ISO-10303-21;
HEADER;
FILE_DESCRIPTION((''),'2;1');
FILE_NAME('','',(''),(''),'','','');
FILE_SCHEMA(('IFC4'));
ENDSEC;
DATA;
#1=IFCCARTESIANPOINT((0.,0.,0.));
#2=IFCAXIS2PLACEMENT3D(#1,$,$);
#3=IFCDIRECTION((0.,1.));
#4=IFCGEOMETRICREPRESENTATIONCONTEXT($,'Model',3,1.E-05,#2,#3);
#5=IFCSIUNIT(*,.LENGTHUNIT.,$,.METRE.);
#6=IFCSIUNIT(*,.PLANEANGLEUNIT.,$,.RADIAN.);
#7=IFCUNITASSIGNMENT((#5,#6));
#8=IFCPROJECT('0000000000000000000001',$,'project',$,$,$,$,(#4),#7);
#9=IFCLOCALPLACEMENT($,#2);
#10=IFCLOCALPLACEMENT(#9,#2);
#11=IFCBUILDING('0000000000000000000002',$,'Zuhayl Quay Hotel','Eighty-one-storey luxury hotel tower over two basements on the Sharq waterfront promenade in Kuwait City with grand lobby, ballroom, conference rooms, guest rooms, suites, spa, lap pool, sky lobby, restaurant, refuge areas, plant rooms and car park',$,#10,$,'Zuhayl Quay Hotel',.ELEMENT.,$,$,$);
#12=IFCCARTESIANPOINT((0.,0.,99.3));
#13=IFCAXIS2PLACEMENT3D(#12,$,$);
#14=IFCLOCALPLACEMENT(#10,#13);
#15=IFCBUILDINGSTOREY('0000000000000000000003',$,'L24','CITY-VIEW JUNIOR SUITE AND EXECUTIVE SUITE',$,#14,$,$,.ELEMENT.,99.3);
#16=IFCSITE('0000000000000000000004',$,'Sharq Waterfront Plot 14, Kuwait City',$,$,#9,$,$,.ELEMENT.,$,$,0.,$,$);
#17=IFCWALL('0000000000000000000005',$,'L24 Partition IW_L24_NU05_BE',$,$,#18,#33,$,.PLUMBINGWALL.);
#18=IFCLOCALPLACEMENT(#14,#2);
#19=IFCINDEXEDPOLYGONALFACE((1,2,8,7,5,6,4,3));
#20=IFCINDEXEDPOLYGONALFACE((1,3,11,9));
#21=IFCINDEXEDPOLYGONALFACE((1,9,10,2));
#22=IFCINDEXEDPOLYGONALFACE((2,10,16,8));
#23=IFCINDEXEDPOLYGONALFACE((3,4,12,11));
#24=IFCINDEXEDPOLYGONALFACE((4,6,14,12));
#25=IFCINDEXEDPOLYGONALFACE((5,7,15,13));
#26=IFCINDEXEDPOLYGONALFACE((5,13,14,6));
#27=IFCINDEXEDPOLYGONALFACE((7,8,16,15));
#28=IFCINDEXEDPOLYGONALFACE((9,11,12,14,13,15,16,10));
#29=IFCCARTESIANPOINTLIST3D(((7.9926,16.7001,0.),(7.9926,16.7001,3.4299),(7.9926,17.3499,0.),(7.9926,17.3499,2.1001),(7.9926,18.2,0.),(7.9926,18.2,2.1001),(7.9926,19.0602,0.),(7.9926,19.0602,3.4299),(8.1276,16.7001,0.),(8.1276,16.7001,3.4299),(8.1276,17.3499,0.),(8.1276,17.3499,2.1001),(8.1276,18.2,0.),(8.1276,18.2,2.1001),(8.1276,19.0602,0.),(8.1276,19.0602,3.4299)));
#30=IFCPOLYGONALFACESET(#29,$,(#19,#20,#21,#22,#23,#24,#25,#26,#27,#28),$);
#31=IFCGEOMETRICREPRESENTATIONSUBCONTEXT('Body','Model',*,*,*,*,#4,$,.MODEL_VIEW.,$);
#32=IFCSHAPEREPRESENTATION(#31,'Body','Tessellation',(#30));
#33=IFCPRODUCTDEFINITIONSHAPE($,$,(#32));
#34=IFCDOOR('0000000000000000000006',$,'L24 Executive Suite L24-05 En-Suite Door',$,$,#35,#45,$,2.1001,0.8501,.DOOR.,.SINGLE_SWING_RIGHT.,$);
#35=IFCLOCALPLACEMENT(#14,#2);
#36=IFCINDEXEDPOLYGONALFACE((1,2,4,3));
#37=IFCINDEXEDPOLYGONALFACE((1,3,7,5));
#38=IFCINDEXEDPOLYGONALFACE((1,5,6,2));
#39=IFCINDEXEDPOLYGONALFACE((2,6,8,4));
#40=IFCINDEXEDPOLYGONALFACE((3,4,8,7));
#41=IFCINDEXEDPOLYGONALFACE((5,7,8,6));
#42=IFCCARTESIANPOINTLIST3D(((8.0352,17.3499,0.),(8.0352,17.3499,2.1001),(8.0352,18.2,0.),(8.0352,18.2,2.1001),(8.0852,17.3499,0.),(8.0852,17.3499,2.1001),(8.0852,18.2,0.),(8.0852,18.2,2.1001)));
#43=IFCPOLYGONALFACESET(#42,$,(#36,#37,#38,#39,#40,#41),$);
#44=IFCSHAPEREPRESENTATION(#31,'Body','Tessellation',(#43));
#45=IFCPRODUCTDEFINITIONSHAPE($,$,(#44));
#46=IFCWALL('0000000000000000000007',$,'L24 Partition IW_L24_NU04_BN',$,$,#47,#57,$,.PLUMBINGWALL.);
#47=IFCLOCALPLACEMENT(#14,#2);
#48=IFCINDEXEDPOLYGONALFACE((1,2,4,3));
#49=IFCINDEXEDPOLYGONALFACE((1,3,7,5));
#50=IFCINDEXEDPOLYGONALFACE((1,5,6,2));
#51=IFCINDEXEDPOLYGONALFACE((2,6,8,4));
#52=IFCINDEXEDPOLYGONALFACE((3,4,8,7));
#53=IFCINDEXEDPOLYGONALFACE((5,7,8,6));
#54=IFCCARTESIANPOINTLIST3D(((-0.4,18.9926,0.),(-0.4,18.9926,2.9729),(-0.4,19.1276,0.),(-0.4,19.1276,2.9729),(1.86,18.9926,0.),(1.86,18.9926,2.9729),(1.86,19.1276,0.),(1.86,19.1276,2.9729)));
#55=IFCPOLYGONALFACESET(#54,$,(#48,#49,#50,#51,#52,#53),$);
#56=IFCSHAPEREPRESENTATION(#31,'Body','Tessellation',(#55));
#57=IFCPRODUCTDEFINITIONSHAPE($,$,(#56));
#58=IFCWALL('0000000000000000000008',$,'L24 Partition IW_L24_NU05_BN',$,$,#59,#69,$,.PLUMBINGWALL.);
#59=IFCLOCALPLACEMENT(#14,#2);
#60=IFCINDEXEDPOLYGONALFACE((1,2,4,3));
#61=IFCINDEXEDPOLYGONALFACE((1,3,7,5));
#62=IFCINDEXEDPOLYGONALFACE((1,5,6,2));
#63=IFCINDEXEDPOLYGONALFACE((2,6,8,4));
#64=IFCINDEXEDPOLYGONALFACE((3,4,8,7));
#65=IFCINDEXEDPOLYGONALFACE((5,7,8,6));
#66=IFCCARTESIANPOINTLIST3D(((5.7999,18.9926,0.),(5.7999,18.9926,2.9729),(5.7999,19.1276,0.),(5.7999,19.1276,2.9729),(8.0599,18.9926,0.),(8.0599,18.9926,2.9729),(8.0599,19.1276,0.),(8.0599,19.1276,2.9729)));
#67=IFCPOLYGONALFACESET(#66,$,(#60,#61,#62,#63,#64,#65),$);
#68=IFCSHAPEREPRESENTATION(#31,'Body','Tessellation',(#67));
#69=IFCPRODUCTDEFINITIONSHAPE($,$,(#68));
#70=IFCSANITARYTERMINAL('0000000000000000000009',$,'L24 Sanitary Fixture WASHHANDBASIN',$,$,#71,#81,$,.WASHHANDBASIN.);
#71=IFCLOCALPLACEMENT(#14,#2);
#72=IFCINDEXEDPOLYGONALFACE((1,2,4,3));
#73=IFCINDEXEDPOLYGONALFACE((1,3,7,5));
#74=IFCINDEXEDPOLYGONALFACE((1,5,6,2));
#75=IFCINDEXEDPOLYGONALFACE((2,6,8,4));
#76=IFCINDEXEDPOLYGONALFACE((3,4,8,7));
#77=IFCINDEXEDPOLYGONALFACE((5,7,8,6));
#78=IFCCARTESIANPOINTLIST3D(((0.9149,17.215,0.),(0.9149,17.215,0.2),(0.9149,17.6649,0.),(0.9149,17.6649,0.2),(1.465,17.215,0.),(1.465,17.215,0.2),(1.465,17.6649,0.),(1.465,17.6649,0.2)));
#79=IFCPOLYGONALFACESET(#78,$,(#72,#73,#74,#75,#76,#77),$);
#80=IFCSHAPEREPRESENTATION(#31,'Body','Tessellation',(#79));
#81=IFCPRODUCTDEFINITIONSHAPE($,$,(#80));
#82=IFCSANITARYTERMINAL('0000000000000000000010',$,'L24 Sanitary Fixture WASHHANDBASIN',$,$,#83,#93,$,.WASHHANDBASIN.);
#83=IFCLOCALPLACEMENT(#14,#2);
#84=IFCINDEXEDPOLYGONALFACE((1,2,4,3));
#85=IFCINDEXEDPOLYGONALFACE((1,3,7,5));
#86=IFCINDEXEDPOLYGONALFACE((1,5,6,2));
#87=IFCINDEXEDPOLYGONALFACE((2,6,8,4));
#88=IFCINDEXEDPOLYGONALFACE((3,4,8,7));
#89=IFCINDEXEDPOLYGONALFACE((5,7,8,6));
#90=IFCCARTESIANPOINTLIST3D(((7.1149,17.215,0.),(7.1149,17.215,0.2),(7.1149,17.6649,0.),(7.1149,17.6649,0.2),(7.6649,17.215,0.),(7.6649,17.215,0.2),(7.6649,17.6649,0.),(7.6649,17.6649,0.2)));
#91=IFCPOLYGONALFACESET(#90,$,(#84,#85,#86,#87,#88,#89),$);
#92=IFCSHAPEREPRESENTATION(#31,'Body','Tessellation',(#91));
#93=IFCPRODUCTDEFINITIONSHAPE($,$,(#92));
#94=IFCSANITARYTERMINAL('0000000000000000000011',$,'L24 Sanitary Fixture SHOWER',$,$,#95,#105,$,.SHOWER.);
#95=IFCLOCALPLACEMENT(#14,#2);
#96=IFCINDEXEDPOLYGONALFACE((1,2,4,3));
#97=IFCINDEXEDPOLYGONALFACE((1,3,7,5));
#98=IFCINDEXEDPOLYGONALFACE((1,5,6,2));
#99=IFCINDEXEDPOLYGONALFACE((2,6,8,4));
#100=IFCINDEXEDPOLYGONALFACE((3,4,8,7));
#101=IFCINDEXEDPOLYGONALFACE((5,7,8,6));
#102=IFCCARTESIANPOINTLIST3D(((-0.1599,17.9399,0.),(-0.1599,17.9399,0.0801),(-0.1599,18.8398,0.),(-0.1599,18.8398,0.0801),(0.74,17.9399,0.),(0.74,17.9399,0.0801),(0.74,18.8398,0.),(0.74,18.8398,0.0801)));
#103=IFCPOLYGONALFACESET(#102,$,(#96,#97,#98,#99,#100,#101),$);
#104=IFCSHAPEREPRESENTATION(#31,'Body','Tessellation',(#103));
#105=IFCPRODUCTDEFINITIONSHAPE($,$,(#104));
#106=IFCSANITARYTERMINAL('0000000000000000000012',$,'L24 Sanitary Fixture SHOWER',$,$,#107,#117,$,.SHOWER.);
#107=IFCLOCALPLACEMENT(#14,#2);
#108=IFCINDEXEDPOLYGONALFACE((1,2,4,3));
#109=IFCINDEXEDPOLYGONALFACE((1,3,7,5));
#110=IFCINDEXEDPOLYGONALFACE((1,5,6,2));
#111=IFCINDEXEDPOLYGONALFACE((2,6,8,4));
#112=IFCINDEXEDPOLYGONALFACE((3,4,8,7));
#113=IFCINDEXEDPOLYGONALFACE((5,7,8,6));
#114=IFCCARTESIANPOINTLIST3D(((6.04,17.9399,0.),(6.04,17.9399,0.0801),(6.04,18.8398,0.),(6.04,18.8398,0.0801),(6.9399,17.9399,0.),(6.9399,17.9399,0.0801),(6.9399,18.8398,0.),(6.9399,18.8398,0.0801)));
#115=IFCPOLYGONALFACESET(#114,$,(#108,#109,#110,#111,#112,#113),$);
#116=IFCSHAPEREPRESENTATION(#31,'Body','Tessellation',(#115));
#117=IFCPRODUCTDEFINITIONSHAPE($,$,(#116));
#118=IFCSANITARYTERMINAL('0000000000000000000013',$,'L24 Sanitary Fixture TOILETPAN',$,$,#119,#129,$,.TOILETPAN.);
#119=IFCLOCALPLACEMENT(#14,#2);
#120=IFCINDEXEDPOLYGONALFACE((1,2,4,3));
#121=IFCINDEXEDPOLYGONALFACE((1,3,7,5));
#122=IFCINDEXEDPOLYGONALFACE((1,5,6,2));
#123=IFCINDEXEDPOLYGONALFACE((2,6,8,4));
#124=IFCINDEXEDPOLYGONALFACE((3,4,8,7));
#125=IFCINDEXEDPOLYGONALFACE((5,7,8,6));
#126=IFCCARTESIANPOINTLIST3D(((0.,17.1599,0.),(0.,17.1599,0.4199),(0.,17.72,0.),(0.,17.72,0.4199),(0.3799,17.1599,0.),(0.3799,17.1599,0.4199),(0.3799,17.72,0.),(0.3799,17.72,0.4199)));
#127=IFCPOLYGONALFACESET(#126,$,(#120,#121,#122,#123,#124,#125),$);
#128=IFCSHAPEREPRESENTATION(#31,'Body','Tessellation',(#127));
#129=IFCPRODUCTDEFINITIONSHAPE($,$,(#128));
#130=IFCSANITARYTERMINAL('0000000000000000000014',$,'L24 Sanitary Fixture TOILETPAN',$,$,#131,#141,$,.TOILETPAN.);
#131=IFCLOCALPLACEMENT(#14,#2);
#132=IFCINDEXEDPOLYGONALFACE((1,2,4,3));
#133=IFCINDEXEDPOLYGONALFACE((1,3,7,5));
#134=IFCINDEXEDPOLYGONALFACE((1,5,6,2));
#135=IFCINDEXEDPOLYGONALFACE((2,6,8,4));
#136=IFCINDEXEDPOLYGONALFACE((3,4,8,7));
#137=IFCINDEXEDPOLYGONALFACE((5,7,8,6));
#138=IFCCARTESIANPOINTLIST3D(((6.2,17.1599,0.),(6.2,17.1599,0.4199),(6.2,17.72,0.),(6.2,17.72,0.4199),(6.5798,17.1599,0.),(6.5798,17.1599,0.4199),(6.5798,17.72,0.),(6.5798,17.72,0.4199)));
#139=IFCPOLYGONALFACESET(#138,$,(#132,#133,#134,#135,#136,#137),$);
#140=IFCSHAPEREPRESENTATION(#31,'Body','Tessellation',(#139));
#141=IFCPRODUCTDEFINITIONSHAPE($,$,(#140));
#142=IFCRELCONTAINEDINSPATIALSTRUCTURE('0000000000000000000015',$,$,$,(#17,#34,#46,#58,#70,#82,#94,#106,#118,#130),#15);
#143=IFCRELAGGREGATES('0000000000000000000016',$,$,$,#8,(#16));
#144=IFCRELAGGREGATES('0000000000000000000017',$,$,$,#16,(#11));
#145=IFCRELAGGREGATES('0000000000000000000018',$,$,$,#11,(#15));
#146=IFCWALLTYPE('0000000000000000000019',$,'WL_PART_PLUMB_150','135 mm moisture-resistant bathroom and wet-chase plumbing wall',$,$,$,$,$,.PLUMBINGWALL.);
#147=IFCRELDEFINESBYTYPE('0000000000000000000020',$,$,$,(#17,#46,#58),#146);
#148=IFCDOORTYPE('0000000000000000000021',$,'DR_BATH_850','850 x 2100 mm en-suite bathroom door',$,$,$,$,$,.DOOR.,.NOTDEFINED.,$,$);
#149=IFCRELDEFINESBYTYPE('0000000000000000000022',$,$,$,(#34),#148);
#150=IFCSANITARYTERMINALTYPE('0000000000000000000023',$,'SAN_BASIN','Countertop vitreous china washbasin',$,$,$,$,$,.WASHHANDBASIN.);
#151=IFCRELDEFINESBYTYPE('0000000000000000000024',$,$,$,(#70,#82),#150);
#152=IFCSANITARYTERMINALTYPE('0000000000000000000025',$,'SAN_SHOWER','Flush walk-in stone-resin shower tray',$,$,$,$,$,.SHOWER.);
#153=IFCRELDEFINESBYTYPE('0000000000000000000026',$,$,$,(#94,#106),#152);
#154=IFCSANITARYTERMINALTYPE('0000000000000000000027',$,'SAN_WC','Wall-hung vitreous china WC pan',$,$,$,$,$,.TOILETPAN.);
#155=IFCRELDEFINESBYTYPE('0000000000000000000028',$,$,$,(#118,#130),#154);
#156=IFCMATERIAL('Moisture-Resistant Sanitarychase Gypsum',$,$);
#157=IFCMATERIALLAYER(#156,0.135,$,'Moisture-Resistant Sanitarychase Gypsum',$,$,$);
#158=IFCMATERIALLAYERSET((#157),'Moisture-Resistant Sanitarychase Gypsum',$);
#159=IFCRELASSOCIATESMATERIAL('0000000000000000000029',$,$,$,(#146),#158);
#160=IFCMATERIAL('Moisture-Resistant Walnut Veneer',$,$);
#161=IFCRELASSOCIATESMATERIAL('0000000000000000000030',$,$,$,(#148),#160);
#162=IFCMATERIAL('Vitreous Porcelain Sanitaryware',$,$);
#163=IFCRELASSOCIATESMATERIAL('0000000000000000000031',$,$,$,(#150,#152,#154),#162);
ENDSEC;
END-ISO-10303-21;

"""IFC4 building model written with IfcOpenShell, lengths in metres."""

from ifc_helpers import new_model, si_unit, direction, frame, frame_2d, origin, origin_2d, place, context, subcontext, project, spatial, rectangle, extrude, material, layer, layer_set, type_object, element, fill, save


model = new_model("IFC4")

# Units and contexts
model_context = context("Model", 3, precision=1e-05, world=origin(), true_north=direction((0.0, 1.0)))
body_context = subcontext(model_context, "Body", "Model", "MODEL_VIEW")
ifc_project = project(units=[si_unit("LENGTHUNIT", "METRE"), si_unit("PLANEANGLEUNIT", "RADIAN")], contexts=[model_context])

# Site, building, storey
site_placement = place(None, origin())
site = spatial("IfcSite", under=ifc_project, at=site_placement, Name="Sharq Waterfront Plot 14, Kuwait City", CompositionType="ELEMENT", RefElevation=0.0)
building_placement = place(site_placement, origin())
building = spatial("IfcBuilding", under=site, at=building_placement, Name="Zuhayl Quay Hotel", Description="Eighty-one-storey luxury hotel tower over two basements on the Sharq waterfront promenade in Kuwait City with grand lobby, ballroom, conference rooms, guest rooms, suites, spa, lap pool, sky lobby, restaurant, refuge areas, plant rooms and car park", LongName="Zuhayl Quay Hotel", CompositionType="ELEMENT")
storey_placement = place(building_placement, frame((0.0, 0.0, 99.3)))
storey = spatial("IfcBuildingStorey", under=building, at=storey_placement, Name="L24", Description="CITY-VIEW JUNIOR SUITE AND EXECUTIVE SUITE", CompositionType="ELEMENT", Elevation=99.3)

# Wall, opening, door
ifc_material_1 = material(Name="Moisture-Resistant Sanitarychase Gypsum")
ifc_layer_1 = layer(ifc_material_1, 0.135, Name="Moisture-Resistant Sanitarychase Gypsum")
ifc_layer_set_1 = layer_set([ifc_layer_1], Name="Moisture-Resistant Sanitarychase Gypsum")
wall_type_1 = type_object("IfcWallType", Name="WL_PART_PLUMB_150", Description="135 mm moisture-resistant bathroom and wet-chase plumbing wall", PredefinedType="PLUMBINGWALL", material=ifc_layer_set_1)
ifc_material_2 = material(Name="Moisture-Resistant Walnut Veneer")
door_type_1 = type_object("IfcDoorType", Name="DR_BATH_850", Description="850 x 2100 mm en-suite bathroom door", OperationType="NOTDEFINED", PredefinedType="DOOR", material=ifc_material_2)
wall_1_placement = place(storey_placement, frame((8.0601, 16.7, 0.0), z_axis=(0.0, 0.0, 1.0), x_axis=(0.0, 1.0, 0.0)))
wall_1 = element("IfcWall", 1, at=wall_1_placement, inside=storey, type_object=wall_type_1, Name="L24 Partition IW_L24_NU05_BE", PredefinedType="PLUMBINGWALL", context=body_context, shape_type="SweptSolid", body=[
    extrude(rectangle(XDim=2.3601, YDim=0.135, at=frame_2d((1.1802, 0.0))), origin(), (0.0, 0.0, 1.0), 3.4299),
])
opening_1_placement = place(wall_1_placement, frame((0.6499, 0.0, 0.0)))
opening_1 = element("IfcOpeningElement", 2, at=opening_1_placement, cuts=wall_1, PredefinedType="OPENING", context=body_context, shape_type="SweptSolid", body=[
    extrude(rectangle(XDim=0.8501, YDim=2.1001, at=frame_2d((0.425, 1.05))), frame((0.0, 0.0774, 0.0), z_axis=(0.0, -1.0, 0.0), x_axis=(1.0, 0.0, 0.0)), (0.0, 0.0, 1.0), 0.155),
])
door_1_placement = place(opening_1_placement, origin())
door_1 = element("IfcDoor", 3, at=door_1_placement, inside=storey, type_object=door_type_1, Name="L24 Executive Suite L24-05 En-Suite Door", OperationType="SINGLE_SWING_RIGHT", OverallHeight=2.1001, OverallWidth=0.8501, PredefinedType="DOOR", context=body_context, shape_type="SweptSolid", body=[
    extrude(rectangle(XDim=0.8501, YDim=2.1001, at=frame_2d((0.425, 1.05))), frame((0.0, 0.0249, 0.0), z_axis=(0.0, -1.0, 0.0), x_axis=(1.0, 0.0, 0.0)), (0.0, 0.0, 1.0), 0.05),
])
fill(opening_1, door_1)

# Walls
for number, where, z_axis, x_axis, name in (
    (4, (-0.3999, 19.0601, 0.0), (0.0, 0.0, 1.0), (1.0, 0.0, 0.0), "L24 Partition IW_L24_NU04_BN"),
    (5, (5.8, 19.0601, 0.0), (0.0, 0.0, 1.0), (1.0, 0.0, 0.0), "L24 Partition IW_L24_NU05_BN"),
):
    element("IfcWall", number, at=place(storey_placement, frame(where, z_axis=z_axis, x_axis=x_axis)), inside=storey, type_object=wall_type_1, Name=name, PredefinedType="PLUMBINGWALL", context=body_context, shape_type="SweptSolid", body=[
        extrude(rectangle(XDim=2.26, YDim=0.135, at=frame_2d((1.1299, 0.0))), origin(), (0.0, 0.0, 1.0), 2.9729),
    ])

# Sanitary terminals
ifc_material_3 = material(Name="Vitreous Porcelain Sanitaryware")
sanitary_terminal_type_1 = type_object("IfcSanitaryTerminalType", Name="SAN_BASIN", Description="Countertop vitreous china washbasin", PredefinedType="WASHHANDBASIN", material=ifc_material_3)
for number, where, z_axis, x_axis, name in (
    (6, (1.1899, 17.4399, 0.0), (0.0, 0.0, 1.0), (1.0, 0.0, 0.0), "L24 Sanitary Fixture WASHHANDBASIN"),
    (7, (7.3899, 17.4399, 0.0), (0.0, 0.0, 1.0), (1.0, 0.0, 0.0), "L24 Sanitary Fixture WASHHANDBASIN"),
):
    element("IfcSanitaryTerminal", number, at=place(storey_placement, frame(where, z_axis=z_axis, x_axis=x_axis)), inside=storey, type_object=sanitary_terminal_type_1, Name=name, PredefinedType="WASHHANDBASIN", context=body_context, shape_type="SweptSolid", body=[
        extrude(rectangle(XDim=0.55, YDim=0.45, at=origin_2d()), origin(), (0.0, 0.0, 1.0), 0.2),
    ])
sanitary_terminal_type_2 = type_object("IfcSanitaryTerminalType", Name="SAN_SHOWER", Description="Flush walk-in stone-resin shower tray", PredefinedType="SHOWER", material=ifc_material_3)
for number, where, z_axis, x_axis, name in (
    (8, (0.29, 18.3899, 0.0), (0.0, 0.0, 1.0), (1.0, 0.0, 0.0), "L24 Sanitary Fixture SHOWER"),
    (9, (6.49, 18.3899, 0.0), (0.0, 0.0, 1.0), (1.0, 0.0, 0.0), "L24 Sanitary Fixture SHOWER"),
):
    element("IfcSanitaryTerminal", number, at=place(storey_placement, frame(where, z_axis=z_axis, x_axis=x_axis)), inside=storey, type_object=sanitary_terminal_type_2, Name=name, PredefinedType="SHOWER", context=body_context, shape_type="SweptSolid", body=[
        extrude(rectangle(XDim=0.8999, YDim=0.8999, at=origin_2d()), origin(), (0.0, 0.0, 1.0), 0.0801),
    ])
sanitary_terminal_type_3 = type_object("IfcSanitaryTerminalType", Name="SAN_WC", Description="Wall-hung vitreous china WC pan", PredefinedType="TOILETPAN", material=ifc_material_3)
for number, where, z_axis, x_axis, name in (
    (10, (0.1899, 17.4399, 0.0), (0.0, 0.0, 1.0), (1.0, 0.0, 0.0), "L24 Sanitary Fixture TOILETPAN"),
    (11, (6.3899, 17.4399, 0.0), (0.0, 0.0, 1.0), (1.0, 0.0, 0.0), "L24 Sanitary Fixture TOILETPAN"),
):
    element("IfcSanitaryTerminal", number, at=place(storey_placement, frame(where, z_axis=z_axis, x_axis=x_axis)), inside=storey, type_object=sanitary_terminal_type_3, Name=name, PredefinedType="TOILETPAN", context=body_context, shape_type="SweptSolid", body=[
        extrude(rectangle(XDim=0.3799, YDim=0.5601, at=origin_2d()), origin(), (0.0, 0.0, 1.0), 0.4199),
    ])

save(model, "model.ifc")
